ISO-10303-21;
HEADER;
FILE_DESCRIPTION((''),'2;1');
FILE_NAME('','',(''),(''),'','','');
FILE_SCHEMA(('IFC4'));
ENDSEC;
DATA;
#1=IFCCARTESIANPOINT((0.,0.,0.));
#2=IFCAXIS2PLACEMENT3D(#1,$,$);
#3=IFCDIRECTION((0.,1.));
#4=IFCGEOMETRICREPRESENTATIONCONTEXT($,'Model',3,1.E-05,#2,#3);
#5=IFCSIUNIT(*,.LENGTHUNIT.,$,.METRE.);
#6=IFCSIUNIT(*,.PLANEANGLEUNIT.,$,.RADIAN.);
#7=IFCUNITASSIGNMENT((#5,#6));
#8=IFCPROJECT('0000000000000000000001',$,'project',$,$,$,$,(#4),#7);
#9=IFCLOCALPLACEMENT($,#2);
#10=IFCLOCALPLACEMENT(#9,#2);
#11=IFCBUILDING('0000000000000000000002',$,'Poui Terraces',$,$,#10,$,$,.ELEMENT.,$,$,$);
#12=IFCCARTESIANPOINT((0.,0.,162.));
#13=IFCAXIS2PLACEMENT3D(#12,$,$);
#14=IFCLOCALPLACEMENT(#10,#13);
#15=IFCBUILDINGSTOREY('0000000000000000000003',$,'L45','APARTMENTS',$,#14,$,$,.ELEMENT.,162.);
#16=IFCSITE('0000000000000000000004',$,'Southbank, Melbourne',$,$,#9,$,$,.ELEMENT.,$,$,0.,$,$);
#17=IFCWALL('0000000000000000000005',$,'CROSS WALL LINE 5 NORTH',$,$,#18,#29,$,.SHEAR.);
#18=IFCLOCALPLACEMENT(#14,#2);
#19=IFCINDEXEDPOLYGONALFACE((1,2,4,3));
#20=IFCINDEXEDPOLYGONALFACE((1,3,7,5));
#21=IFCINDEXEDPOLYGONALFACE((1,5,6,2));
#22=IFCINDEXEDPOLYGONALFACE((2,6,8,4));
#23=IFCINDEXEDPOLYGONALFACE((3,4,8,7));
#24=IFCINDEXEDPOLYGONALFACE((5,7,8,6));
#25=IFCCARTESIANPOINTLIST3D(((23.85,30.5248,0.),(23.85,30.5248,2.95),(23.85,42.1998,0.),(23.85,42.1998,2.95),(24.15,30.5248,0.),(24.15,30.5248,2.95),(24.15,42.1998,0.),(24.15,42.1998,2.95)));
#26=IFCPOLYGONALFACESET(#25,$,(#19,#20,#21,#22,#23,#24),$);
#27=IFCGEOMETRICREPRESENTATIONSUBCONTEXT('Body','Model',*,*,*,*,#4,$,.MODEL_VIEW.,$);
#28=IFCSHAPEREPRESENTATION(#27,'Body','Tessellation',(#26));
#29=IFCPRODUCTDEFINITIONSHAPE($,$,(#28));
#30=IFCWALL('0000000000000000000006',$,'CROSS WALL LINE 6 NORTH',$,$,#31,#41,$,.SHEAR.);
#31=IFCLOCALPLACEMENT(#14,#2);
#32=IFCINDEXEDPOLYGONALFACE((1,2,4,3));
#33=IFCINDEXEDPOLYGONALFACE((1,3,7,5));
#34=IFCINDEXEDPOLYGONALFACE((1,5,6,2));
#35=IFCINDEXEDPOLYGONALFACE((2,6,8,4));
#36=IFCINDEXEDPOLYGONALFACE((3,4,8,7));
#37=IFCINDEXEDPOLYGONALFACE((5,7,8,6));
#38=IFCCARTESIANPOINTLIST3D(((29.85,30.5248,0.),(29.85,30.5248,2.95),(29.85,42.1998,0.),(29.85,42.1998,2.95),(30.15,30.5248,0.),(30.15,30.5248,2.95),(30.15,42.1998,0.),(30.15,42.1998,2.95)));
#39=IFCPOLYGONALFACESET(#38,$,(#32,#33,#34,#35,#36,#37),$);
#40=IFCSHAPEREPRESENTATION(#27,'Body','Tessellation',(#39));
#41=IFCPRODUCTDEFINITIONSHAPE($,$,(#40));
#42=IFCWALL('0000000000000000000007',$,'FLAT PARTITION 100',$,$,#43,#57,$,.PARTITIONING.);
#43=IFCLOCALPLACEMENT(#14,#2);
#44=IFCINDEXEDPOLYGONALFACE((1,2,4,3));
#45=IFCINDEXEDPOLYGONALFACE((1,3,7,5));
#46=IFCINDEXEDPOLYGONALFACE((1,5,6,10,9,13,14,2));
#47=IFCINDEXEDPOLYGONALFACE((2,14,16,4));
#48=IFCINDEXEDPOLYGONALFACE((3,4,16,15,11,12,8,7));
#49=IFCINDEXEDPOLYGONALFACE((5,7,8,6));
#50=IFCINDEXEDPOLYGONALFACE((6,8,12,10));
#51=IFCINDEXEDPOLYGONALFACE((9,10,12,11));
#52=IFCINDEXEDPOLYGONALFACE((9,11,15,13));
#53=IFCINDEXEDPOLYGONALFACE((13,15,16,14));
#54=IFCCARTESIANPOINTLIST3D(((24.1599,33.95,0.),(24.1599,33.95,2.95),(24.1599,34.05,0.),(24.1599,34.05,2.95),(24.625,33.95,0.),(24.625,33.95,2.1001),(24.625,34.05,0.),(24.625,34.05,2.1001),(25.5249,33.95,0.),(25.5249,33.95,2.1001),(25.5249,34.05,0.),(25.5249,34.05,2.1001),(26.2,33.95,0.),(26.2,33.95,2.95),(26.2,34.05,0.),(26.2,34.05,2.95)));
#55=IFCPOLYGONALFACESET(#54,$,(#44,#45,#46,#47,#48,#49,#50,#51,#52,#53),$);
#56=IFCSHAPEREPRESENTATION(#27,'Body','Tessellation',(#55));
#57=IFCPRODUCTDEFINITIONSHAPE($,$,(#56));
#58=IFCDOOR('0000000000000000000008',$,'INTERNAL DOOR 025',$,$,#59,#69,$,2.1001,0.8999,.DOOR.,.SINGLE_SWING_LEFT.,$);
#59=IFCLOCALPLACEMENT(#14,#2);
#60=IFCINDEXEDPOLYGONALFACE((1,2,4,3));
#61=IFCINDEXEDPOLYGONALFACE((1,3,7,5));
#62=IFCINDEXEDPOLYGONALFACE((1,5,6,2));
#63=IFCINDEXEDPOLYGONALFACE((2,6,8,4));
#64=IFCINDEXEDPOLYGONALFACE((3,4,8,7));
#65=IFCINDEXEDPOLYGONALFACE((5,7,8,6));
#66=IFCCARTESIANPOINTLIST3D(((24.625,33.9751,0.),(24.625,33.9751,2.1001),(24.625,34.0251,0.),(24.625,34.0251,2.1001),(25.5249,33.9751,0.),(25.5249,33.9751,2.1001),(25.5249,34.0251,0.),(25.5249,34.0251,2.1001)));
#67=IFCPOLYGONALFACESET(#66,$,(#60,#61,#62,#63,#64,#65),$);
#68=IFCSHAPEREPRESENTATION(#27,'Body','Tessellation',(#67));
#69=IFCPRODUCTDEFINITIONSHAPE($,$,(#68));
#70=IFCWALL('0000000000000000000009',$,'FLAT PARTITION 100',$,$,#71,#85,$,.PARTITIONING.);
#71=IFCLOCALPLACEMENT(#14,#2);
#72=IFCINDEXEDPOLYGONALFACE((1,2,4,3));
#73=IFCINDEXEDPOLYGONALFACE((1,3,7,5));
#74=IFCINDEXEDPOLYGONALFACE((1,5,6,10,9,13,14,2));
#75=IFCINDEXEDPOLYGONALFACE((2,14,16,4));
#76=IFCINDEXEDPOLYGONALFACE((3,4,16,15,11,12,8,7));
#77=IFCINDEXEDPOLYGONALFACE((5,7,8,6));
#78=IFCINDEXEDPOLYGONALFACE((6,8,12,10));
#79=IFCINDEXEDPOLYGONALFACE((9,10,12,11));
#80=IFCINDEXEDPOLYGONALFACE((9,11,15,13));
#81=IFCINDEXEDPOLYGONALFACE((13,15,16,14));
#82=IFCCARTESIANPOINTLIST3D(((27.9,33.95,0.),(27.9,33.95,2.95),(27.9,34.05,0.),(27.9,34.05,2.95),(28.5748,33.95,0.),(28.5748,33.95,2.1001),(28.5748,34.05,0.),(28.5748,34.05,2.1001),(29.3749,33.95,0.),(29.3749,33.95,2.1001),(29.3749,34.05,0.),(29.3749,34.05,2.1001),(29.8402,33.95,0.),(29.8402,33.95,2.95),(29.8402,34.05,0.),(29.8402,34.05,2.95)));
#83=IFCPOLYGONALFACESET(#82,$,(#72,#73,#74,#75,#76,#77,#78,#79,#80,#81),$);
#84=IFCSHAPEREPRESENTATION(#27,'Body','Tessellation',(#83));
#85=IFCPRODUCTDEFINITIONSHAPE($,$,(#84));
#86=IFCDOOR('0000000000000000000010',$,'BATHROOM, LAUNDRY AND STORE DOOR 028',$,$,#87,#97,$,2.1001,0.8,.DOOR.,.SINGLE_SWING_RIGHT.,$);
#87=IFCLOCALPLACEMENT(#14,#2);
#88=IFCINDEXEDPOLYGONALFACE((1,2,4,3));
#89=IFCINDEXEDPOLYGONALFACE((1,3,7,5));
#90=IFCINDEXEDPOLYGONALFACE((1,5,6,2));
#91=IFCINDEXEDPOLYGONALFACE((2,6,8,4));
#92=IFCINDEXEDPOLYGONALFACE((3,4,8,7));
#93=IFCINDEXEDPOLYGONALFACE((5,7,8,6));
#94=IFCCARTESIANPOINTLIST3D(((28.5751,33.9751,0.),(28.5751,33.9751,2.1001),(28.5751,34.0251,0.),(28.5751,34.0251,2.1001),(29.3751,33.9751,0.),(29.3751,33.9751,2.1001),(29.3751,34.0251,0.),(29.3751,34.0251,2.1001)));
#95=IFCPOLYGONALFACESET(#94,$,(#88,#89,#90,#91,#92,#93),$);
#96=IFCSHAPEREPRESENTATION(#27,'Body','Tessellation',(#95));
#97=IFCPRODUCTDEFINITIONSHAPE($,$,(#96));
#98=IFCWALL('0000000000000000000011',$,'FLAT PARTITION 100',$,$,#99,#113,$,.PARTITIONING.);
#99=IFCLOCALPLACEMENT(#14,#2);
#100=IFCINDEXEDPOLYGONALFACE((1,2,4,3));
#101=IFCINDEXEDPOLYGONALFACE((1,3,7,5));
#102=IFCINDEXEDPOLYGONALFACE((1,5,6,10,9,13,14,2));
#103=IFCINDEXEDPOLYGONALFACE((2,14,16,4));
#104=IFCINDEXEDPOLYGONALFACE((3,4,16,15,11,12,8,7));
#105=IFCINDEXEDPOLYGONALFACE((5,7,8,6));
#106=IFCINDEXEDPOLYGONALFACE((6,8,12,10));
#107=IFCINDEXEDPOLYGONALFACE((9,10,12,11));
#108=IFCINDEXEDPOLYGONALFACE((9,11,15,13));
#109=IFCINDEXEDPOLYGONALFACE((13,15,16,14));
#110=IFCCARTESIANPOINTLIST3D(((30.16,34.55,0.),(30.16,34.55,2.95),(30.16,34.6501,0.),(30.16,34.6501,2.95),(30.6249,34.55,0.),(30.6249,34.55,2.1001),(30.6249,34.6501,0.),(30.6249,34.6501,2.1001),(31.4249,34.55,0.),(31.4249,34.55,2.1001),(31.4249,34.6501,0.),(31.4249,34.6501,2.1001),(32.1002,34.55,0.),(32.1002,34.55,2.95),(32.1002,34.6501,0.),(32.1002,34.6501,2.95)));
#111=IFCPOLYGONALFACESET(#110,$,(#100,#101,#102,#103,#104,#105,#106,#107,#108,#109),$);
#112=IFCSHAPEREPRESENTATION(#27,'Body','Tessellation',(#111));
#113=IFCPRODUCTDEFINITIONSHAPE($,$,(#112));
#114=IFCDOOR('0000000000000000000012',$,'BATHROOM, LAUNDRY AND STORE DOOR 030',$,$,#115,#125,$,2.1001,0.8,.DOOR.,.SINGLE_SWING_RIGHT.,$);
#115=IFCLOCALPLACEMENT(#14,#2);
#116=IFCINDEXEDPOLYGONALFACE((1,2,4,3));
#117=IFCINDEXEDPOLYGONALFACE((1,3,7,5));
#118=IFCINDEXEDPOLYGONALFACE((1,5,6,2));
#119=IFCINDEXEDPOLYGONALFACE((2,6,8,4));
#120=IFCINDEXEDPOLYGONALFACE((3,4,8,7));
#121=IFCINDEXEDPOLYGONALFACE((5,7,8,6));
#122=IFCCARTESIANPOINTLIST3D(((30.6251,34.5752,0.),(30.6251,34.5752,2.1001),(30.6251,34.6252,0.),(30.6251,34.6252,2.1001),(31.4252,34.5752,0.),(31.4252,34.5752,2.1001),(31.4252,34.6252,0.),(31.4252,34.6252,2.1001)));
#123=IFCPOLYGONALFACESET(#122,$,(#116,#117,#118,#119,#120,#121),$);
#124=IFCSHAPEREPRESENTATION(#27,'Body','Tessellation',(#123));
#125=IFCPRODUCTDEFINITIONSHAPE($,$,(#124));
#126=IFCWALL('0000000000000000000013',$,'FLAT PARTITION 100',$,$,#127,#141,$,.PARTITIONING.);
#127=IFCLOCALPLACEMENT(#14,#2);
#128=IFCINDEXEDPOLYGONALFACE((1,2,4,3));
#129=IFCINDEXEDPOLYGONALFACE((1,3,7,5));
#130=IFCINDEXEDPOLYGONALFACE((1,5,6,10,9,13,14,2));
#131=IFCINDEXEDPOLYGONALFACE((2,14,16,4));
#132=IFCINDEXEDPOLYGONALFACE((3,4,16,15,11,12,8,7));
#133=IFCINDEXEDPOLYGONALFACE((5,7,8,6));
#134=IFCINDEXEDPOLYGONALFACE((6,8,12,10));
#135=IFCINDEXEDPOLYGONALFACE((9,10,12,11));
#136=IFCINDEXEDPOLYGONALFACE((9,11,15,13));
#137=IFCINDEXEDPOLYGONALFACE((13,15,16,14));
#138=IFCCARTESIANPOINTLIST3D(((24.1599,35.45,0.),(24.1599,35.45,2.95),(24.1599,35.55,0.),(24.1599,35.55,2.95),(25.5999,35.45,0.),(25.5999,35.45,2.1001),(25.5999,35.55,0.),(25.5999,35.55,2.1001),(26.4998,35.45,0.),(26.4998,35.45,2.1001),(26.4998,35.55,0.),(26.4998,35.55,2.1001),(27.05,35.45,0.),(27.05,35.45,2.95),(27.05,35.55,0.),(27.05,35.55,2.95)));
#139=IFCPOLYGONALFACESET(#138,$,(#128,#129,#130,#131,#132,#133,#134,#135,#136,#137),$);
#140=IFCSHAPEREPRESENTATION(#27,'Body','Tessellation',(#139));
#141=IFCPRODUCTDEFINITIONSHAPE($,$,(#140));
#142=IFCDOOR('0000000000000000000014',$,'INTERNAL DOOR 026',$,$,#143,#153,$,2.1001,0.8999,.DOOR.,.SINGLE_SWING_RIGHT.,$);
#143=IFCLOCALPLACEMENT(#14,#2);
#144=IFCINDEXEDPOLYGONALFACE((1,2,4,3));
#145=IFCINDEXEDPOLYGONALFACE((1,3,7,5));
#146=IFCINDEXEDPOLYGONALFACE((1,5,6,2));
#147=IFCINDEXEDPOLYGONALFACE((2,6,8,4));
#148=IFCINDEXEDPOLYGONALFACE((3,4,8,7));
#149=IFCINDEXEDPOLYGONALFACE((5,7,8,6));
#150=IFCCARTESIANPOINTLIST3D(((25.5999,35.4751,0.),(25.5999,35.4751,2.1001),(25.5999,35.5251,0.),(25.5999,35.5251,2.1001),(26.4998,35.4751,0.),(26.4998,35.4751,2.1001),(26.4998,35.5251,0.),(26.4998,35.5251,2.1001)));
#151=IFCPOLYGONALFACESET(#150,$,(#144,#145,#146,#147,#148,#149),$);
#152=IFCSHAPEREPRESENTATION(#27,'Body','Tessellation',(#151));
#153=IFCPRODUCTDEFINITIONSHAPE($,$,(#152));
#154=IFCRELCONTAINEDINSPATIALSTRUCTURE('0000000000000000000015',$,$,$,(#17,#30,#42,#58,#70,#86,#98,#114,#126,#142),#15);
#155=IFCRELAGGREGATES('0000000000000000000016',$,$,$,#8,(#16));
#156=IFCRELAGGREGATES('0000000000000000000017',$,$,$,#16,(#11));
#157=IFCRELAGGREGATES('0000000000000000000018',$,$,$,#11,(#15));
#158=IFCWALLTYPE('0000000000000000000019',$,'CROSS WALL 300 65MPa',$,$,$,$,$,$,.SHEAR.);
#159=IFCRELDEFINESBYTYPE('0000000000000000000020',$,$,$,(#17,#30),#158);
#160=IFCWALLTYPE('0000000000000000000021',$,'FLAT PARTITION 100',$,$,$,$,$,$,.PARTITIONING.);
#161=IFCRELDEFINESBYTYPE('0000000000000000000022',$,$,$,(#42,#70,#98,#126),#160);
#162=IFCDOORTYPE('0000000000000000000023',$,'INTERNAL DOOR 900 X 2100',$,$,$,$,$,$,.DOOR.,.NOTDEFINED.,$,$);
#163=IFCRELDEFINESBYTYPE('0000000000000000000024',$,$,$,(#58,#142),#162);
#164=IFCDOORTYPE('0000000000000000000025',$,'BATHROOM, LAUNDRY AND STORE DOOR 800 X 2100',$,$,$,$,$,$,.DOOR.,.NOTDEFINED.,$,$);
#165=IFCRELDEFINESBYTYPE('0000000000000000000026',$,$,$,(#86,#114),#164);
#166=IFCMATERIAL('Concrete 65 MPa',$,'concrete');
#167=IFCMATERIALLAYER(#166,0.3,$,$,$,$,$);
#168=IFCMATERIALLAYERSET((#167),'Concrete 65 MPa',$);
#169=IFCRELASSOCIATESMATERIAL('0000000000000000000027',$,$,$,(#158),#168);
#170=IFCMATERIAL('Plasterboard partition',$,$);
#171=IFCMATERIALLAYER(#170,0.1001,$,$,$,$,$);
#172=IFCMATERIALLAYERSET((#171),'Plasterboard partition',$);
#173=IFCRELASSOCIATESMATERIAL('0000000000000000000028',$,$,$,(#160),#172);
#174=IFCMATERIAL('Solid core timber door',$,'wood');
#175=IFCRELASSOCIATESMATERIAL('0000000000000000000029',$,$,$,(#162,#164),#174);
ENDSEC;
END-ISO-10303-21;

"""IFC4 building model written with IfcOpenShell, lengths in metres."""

from ifc_helpers import new_model, si_unit, direction, frame, frame_2d, origin, place, context, subcontext, project, spatial, rectangle, extrude, material, layer, layer_set, type_object, element, fill, save


model = new_model("IFC4")

# Units and contexts
model_context = context("Model", 3, precision=1e-05, world=origin(), true_north=direction((0.0, 1.0)))
body_context = subcontext(model_context, "Body", "Model", "MODEL_VIEW")
ifc_project = project(units=[si_unit("LENGTHUNIT", "METRE"), si_unit("PLANEANGLEUNIT", "RADIAN")], contexts=[model_context])

# Site, building, storey
site_placement = place(None, origin())
site = spatial("IfcSite", under=ifc_project, at=site_placement, Name="Southbank, Melbourne", CompositionType="ELEMENT", RefElevation=0.0)
building_placement = place(site_placement, origin())
building = spatial("IfcBuilding", under=site, at=building_placement, Name="Poui Terraces", CompositionType="ELEMENT")
storey_placement = place(building_placement, frame((0.0, 0.0, 162.0)))
storey = spatial("IfcBuildingStorey", under=building, at=storey_placement, Name="L45", Description="APARTMENTS", CompositionType="ELEMENT", Elevation=162.0)

# Walls
ifc_material_1 = material(Name="Concrete 65 MPa", Category="concrete")
ifc_layer_1 = layer(ifc_material_1, 0.3)
ifc_layer_set_1 = layer_set([ifc_layer_1], Name="Concrete 65 MPa")
wall_type_1 = type_object("IfcWallType", Name="CROSS WALL 300 65MPa", PredefinedType="SHEAR", material=ifc_layer_set_1)
for number, where, z_axis, x_axis, name in (
    (1, (24.0, 30.5249, 0.0), (0.0, 0.0, 1.0), (0.0, 1.0, 0.0), "CROSS WALL LINE 5 NORTH"),
    (2, (30.0, 30.5249, 0.0), (0.0, 0.0, 1.0), (0.0, 1.0, 0.0), "CROSS WALL LINE 6 NORTH"),
):
    element("IfcWall", number, at=place(storey_placement, frame(where, z_axis=z_axis, x_axis=x_axis)), inside=storey, type_object=wall_type_1, Name=name, PredefinedType="SHEAR", context=body_context, shape_type="SweptSolid", body=[
        extrude(rectangle(XDim=11.675, YDim=0.3, at=frame_2d((5.8374, 0.0))), origin(), (0.0, 0.0, 1.0), 2.95),
    ])

# Walls, openings, doors
ifc_material_2 = material(Name="Plasterboard partition")
ifc_layer_2 = layer(ifc_material_2, 0.1001)
ifc_layer_set_2 = layer_set([ifc_layer_2], Name="Plasterboard partition")
wall_type_2 = type_object("IfcWallType", Name="FLAT PARTITION 100", PredefinedType="PARTITIONING", material=ifc_layer_set_2)
wall_1_placement = place(storey_placement, frame((24.1599, 34.0, 0.0), z_axis=(0.0, 0.0, 1.0), x_axis=(1.0, 0.0, 0.0)))
wall_1 = element("IfcWall", 3, at=wall_1_placement, inside=storey, type_object=wall_type_2, Name="FLAT PARTITION 100", PredefinedType="PARTITIONING", context=body_context, shape_type="SweptSolid", body=[
    extrude(rectangle(XDim=2.04, YDim=0.1001, at=frame_2d((1.02, 0.0))), origin(), (0.0, 0.0, 1.0), 2.95),
])
opening_1_placement = place(wall_1_placement, frame((0.4651, 0.0, 0.0)))
opening_1 = element("IfcOpeningElement", 4, at=opening_1_placement, cuts=wall_1, PredefinedType="OPENING", context=body_context, shape_type="SweptSolid", body=[
    extrude(rectangle(XDim=0.8999, YDim=2.1001, at=frame_2d((0.45, 1.05))), frame((0.0, 0.0601, 0.0), z_axis=(0.0, -1.0, 0.0), x_axis=(1.0, 0.0, 0.0)), (0.0, 0.0, 1.0), 0.1201),
])
ifc_material_3 = material(Name="Solid core timber door", Category="wood")
door_type_1 = type_object("IfcDoorType", Name="INTERNAL DOOR 900 X 2100", OperationType="NOTDEFINED", PredefinedType="DOOR", material=ifc_material_3)
door_1_placement = place(opening_1_placement, frame((0.8999, 0.0, 0.0), z_axis=(0.0, 0.0, 1.0), x_axis=(-1.0, 0.0, 0.0)))
door_1 = element("IfcDoor", 5, at=door_1_placement, inside=storey, type_object=door_type_1, Name="INTERNAL DOOR 025", OperationType="SINGLE_SWING_LEFT", OverallHeight=2.1001, OverallWidth=0.8999, PredefinedType="DOOR", context=body_context, shape_type="SweptSolid", body=[
    extrude(rectangle(XDim=0.8999, YDim=2.1001, at=frame_2d((0.45, 1.05))), frame((0.0, 0.0249, 0.0), z_axis=(0.0, -1.0, 0.0), x_axis=(1.0, 0.0, 0.0)), (0.0, 0.0, 1.0), 0.05),
])
fill(opening_1, door_1)
wall_2_placement = place(storey_placement, frame((27.8999, 34.0, 0.0), z_axis=(0.0, 0.0, 1.0), x_axis=(1.0, 0.0, 0.0)))
wall_2 = element("IfcWall", 6, at=wall_2_placement, inside=storey, type_object=wall_type_2, Name="FLAT PARTITION 100", PredefinedType="PARTITIONING", context=body_context, shape_type="SweptSolid", body=[
    extrude(rectangle(XDim=1.9402, YDim=0.1001, at=frame_2d((0.9702, 0.0))), origin(), (0.0, 0.0, 1.0), 2.95),
])
opening_2_placement = place(wall_2_placement, frame((0.675, 0.0, 0.0)))
opening_2 = element("IfcOpeningElement", 7, at=opening_2_placement, cuts=wall_2, PredefinedType="OPENING", context=body_context, shape_type="SweptSolid", body=[
    extrude(rectangle(XDim=0.8, YDim=2.1001, at=frame_2d((0.3999, 1.05))), frame((0.0, 0.0601, 0.0), z_axis=(0.0, -1.0, 0.0), x_axis=(1.0, 0.0, 0.0)), (0.0, 0.0, 1.0), 0.1201),
])
door_type_2 = type_object("IfcDoorType", Name="BATHROOM, LAUNDRY AND STORE DOOR 800 X 2100", OperationType="NOTDEFINED", PredefinedType="DOOR", material=ifc_material_3)
door_2_placement = place(opening_2_placement, frame((0.8, 0.0, 0.0), z_axis=(0.0, 0.0, 1.0), x_axis=(-1.0, 0.0, 0.0)))
door_2 = element("IfcDoor", 8, at=door_2_placement, inside=storey, type_object=door_type_2, Name="BATHROOM, LAUNDRY AND STORE DOOR 028", OperationType="SINGLE_SWING_RIGHT", OverallHeight=2.1001, OverallWidth=0.8, PredefinedType="DOOR", context=body_context, shape_type="SweptSolid", body=[
    extrude(rectangle(XDim=0.8, YDim=2.1001, at=frame_2d((0.3999, 1.05))), frame((0.0, 0.0249, 0.0), z_axis=(0.0, -1.0, 0.0), x_axis=(1.0, 0.0, 0.0)), (0.0, 0.0, 1.0), 0.05),
])
fill(opening_2, door_2)
wall_3_placement = place(storey_placement, frame((30.1599, 34.6001, 0.0), z_axis=(0.0, 0.0, 1.0), x_axis=(1.0, 0.0, 0.0)))
wall_3 = element("IfcWall", 9, at=wall_3_placement, inside=storey, type_object=wall_type_2, Name="FLAT PARTITION 100", PredefinedType="PARTITIONING", context=body_context, shape_type="SweptSolid", body=[
    extrude(rectangle(XDim=1.9402, YDim=0.1001, at=frame_2d((0.9702, 0.0))), origin(), (0.0, 0.0, 1.0), 2.95),
])
opening_3_placement = place(wall_3_placement, frame((0.4651, 0.0, 0.0)))
opening_3 = element("IfcOpeningElement", 10, at=opening_3_placement, cuts=wall_3, PredefinedType="OPENING", context=body_context, shape_type="SweptSolid", body=[
    extrude(rectangle(XDim=0.8, YDim=2.1001, at=frame_2d((0.3999, 1.05))), frame((0.0, 0.0601, 0.0), z_axis=(0.0, -1.0, 0.0), x_axis=(1.0, 0.0, 0.0)), (0.0, 0.0, 1.0), 0.1201),
])
door_3_placement = place(opening_3_placement, frame((0.8, 0.0, 0.0), z_axis=(0.0, 0.0, 1.0), x_axis=(-1.0, 0.0, 0.0)))
door_3 = element("IfcDoor", 11, at=door_3_placement, inside=storey, type_object=door_type_2, Name="BATHROOM, LAUNDRY AND STORE DOOR 030", OperationType="SINGLE_SWING_RIGHT", OverallHeight=2.1001, OverallWidth=0.8, PredefinedType="DOOR", context=body_context, shape_type="SweptSolid", body=[
    extrude(rectangle(XDim=0.8, YDim=2.1001, at=frame_2d((0.3999, 1.05))), frame((0.0, 0.0249, 0.0), z_axis=(0.0, -1.0, 0.0), x_axis=(1.0, 0.0, 0.0)), (0.0, 0.0, 1.0), 0.05),
])
fill(opening_3, door_3)
wall_4_placement = place(storey_placement, frame((24.1599, 35.5, 0.0), z_axis=(0.0, 0.0, 1.0), x_axis=(1.0, 0.0, 0.0)))
wall_4 = element("IfcWall", 12, at=wall_4_placement, inside=storey, type_object=wall_type_2, Name="FLAT PARTITION 100", PredefinedType="PARTITIONING", context=body_context, shape_type="SweptSolid", body=[
    extrude(rectangle(XDim=2.8901, YDim=0.1001, at=frame_2d((1.4451, 0.0))), origin(), (0.0, 0.0, 1.0), 2.95),
])
opening_4_placement = place(wall_4_placement, frame((1.4399, 0.0, 0.0)))
opening_4 = element("IfcOpeningElement", 13, at=opening_4_placement, cuts=wall_4, PredefinedType="OPENING", context=body_context, shape_type="SweptSolid", body=[
    extrude(rectangle(XDim=0.8999, YDim=2.1001, at=frame_2d((0.45, 1.05))), frame((0.0, 0.0601, 0.0), z_axis=(0.0, -1.0, 0.0), x_axis=(1.0, 0.0, 0.0)), (0.0, 0.0, 1.0), 0.1201),
])
door_4_placement = place(opening_4_placement, frame((0.8999, 0.0, 0.0), z_axis=(0.0, 0.0, 1.0), x_axis=(-1.0, 0.0, 0.0)))
door_4 = element("IfcDoor", 14, at=door_4_placement, inside=storey, type_object=door_type_1, Name="INTERNAL DOOR 026", OperationType="SINGLE_SWING_RIGHT", OverallHeight=2.1001, OverallWidth=0.8999, PredefinedType="DOOR", context=body_context, shape_type="SweptSolid", body=[
    extrude(rectangle(XDim=0.8999, YDim=2.1001, at=frame_2d((0.45, 1.05))), frame((0.0, 0.0249, 0.0), z_axis=(0.0, -1.0, 0.0), x_axis=(1.0, 0.0, 0.0)), (0.0, 0.0, 1.0), 0.05),
])
fill(opening_4, door_4)

save(model, "model.ifc")
